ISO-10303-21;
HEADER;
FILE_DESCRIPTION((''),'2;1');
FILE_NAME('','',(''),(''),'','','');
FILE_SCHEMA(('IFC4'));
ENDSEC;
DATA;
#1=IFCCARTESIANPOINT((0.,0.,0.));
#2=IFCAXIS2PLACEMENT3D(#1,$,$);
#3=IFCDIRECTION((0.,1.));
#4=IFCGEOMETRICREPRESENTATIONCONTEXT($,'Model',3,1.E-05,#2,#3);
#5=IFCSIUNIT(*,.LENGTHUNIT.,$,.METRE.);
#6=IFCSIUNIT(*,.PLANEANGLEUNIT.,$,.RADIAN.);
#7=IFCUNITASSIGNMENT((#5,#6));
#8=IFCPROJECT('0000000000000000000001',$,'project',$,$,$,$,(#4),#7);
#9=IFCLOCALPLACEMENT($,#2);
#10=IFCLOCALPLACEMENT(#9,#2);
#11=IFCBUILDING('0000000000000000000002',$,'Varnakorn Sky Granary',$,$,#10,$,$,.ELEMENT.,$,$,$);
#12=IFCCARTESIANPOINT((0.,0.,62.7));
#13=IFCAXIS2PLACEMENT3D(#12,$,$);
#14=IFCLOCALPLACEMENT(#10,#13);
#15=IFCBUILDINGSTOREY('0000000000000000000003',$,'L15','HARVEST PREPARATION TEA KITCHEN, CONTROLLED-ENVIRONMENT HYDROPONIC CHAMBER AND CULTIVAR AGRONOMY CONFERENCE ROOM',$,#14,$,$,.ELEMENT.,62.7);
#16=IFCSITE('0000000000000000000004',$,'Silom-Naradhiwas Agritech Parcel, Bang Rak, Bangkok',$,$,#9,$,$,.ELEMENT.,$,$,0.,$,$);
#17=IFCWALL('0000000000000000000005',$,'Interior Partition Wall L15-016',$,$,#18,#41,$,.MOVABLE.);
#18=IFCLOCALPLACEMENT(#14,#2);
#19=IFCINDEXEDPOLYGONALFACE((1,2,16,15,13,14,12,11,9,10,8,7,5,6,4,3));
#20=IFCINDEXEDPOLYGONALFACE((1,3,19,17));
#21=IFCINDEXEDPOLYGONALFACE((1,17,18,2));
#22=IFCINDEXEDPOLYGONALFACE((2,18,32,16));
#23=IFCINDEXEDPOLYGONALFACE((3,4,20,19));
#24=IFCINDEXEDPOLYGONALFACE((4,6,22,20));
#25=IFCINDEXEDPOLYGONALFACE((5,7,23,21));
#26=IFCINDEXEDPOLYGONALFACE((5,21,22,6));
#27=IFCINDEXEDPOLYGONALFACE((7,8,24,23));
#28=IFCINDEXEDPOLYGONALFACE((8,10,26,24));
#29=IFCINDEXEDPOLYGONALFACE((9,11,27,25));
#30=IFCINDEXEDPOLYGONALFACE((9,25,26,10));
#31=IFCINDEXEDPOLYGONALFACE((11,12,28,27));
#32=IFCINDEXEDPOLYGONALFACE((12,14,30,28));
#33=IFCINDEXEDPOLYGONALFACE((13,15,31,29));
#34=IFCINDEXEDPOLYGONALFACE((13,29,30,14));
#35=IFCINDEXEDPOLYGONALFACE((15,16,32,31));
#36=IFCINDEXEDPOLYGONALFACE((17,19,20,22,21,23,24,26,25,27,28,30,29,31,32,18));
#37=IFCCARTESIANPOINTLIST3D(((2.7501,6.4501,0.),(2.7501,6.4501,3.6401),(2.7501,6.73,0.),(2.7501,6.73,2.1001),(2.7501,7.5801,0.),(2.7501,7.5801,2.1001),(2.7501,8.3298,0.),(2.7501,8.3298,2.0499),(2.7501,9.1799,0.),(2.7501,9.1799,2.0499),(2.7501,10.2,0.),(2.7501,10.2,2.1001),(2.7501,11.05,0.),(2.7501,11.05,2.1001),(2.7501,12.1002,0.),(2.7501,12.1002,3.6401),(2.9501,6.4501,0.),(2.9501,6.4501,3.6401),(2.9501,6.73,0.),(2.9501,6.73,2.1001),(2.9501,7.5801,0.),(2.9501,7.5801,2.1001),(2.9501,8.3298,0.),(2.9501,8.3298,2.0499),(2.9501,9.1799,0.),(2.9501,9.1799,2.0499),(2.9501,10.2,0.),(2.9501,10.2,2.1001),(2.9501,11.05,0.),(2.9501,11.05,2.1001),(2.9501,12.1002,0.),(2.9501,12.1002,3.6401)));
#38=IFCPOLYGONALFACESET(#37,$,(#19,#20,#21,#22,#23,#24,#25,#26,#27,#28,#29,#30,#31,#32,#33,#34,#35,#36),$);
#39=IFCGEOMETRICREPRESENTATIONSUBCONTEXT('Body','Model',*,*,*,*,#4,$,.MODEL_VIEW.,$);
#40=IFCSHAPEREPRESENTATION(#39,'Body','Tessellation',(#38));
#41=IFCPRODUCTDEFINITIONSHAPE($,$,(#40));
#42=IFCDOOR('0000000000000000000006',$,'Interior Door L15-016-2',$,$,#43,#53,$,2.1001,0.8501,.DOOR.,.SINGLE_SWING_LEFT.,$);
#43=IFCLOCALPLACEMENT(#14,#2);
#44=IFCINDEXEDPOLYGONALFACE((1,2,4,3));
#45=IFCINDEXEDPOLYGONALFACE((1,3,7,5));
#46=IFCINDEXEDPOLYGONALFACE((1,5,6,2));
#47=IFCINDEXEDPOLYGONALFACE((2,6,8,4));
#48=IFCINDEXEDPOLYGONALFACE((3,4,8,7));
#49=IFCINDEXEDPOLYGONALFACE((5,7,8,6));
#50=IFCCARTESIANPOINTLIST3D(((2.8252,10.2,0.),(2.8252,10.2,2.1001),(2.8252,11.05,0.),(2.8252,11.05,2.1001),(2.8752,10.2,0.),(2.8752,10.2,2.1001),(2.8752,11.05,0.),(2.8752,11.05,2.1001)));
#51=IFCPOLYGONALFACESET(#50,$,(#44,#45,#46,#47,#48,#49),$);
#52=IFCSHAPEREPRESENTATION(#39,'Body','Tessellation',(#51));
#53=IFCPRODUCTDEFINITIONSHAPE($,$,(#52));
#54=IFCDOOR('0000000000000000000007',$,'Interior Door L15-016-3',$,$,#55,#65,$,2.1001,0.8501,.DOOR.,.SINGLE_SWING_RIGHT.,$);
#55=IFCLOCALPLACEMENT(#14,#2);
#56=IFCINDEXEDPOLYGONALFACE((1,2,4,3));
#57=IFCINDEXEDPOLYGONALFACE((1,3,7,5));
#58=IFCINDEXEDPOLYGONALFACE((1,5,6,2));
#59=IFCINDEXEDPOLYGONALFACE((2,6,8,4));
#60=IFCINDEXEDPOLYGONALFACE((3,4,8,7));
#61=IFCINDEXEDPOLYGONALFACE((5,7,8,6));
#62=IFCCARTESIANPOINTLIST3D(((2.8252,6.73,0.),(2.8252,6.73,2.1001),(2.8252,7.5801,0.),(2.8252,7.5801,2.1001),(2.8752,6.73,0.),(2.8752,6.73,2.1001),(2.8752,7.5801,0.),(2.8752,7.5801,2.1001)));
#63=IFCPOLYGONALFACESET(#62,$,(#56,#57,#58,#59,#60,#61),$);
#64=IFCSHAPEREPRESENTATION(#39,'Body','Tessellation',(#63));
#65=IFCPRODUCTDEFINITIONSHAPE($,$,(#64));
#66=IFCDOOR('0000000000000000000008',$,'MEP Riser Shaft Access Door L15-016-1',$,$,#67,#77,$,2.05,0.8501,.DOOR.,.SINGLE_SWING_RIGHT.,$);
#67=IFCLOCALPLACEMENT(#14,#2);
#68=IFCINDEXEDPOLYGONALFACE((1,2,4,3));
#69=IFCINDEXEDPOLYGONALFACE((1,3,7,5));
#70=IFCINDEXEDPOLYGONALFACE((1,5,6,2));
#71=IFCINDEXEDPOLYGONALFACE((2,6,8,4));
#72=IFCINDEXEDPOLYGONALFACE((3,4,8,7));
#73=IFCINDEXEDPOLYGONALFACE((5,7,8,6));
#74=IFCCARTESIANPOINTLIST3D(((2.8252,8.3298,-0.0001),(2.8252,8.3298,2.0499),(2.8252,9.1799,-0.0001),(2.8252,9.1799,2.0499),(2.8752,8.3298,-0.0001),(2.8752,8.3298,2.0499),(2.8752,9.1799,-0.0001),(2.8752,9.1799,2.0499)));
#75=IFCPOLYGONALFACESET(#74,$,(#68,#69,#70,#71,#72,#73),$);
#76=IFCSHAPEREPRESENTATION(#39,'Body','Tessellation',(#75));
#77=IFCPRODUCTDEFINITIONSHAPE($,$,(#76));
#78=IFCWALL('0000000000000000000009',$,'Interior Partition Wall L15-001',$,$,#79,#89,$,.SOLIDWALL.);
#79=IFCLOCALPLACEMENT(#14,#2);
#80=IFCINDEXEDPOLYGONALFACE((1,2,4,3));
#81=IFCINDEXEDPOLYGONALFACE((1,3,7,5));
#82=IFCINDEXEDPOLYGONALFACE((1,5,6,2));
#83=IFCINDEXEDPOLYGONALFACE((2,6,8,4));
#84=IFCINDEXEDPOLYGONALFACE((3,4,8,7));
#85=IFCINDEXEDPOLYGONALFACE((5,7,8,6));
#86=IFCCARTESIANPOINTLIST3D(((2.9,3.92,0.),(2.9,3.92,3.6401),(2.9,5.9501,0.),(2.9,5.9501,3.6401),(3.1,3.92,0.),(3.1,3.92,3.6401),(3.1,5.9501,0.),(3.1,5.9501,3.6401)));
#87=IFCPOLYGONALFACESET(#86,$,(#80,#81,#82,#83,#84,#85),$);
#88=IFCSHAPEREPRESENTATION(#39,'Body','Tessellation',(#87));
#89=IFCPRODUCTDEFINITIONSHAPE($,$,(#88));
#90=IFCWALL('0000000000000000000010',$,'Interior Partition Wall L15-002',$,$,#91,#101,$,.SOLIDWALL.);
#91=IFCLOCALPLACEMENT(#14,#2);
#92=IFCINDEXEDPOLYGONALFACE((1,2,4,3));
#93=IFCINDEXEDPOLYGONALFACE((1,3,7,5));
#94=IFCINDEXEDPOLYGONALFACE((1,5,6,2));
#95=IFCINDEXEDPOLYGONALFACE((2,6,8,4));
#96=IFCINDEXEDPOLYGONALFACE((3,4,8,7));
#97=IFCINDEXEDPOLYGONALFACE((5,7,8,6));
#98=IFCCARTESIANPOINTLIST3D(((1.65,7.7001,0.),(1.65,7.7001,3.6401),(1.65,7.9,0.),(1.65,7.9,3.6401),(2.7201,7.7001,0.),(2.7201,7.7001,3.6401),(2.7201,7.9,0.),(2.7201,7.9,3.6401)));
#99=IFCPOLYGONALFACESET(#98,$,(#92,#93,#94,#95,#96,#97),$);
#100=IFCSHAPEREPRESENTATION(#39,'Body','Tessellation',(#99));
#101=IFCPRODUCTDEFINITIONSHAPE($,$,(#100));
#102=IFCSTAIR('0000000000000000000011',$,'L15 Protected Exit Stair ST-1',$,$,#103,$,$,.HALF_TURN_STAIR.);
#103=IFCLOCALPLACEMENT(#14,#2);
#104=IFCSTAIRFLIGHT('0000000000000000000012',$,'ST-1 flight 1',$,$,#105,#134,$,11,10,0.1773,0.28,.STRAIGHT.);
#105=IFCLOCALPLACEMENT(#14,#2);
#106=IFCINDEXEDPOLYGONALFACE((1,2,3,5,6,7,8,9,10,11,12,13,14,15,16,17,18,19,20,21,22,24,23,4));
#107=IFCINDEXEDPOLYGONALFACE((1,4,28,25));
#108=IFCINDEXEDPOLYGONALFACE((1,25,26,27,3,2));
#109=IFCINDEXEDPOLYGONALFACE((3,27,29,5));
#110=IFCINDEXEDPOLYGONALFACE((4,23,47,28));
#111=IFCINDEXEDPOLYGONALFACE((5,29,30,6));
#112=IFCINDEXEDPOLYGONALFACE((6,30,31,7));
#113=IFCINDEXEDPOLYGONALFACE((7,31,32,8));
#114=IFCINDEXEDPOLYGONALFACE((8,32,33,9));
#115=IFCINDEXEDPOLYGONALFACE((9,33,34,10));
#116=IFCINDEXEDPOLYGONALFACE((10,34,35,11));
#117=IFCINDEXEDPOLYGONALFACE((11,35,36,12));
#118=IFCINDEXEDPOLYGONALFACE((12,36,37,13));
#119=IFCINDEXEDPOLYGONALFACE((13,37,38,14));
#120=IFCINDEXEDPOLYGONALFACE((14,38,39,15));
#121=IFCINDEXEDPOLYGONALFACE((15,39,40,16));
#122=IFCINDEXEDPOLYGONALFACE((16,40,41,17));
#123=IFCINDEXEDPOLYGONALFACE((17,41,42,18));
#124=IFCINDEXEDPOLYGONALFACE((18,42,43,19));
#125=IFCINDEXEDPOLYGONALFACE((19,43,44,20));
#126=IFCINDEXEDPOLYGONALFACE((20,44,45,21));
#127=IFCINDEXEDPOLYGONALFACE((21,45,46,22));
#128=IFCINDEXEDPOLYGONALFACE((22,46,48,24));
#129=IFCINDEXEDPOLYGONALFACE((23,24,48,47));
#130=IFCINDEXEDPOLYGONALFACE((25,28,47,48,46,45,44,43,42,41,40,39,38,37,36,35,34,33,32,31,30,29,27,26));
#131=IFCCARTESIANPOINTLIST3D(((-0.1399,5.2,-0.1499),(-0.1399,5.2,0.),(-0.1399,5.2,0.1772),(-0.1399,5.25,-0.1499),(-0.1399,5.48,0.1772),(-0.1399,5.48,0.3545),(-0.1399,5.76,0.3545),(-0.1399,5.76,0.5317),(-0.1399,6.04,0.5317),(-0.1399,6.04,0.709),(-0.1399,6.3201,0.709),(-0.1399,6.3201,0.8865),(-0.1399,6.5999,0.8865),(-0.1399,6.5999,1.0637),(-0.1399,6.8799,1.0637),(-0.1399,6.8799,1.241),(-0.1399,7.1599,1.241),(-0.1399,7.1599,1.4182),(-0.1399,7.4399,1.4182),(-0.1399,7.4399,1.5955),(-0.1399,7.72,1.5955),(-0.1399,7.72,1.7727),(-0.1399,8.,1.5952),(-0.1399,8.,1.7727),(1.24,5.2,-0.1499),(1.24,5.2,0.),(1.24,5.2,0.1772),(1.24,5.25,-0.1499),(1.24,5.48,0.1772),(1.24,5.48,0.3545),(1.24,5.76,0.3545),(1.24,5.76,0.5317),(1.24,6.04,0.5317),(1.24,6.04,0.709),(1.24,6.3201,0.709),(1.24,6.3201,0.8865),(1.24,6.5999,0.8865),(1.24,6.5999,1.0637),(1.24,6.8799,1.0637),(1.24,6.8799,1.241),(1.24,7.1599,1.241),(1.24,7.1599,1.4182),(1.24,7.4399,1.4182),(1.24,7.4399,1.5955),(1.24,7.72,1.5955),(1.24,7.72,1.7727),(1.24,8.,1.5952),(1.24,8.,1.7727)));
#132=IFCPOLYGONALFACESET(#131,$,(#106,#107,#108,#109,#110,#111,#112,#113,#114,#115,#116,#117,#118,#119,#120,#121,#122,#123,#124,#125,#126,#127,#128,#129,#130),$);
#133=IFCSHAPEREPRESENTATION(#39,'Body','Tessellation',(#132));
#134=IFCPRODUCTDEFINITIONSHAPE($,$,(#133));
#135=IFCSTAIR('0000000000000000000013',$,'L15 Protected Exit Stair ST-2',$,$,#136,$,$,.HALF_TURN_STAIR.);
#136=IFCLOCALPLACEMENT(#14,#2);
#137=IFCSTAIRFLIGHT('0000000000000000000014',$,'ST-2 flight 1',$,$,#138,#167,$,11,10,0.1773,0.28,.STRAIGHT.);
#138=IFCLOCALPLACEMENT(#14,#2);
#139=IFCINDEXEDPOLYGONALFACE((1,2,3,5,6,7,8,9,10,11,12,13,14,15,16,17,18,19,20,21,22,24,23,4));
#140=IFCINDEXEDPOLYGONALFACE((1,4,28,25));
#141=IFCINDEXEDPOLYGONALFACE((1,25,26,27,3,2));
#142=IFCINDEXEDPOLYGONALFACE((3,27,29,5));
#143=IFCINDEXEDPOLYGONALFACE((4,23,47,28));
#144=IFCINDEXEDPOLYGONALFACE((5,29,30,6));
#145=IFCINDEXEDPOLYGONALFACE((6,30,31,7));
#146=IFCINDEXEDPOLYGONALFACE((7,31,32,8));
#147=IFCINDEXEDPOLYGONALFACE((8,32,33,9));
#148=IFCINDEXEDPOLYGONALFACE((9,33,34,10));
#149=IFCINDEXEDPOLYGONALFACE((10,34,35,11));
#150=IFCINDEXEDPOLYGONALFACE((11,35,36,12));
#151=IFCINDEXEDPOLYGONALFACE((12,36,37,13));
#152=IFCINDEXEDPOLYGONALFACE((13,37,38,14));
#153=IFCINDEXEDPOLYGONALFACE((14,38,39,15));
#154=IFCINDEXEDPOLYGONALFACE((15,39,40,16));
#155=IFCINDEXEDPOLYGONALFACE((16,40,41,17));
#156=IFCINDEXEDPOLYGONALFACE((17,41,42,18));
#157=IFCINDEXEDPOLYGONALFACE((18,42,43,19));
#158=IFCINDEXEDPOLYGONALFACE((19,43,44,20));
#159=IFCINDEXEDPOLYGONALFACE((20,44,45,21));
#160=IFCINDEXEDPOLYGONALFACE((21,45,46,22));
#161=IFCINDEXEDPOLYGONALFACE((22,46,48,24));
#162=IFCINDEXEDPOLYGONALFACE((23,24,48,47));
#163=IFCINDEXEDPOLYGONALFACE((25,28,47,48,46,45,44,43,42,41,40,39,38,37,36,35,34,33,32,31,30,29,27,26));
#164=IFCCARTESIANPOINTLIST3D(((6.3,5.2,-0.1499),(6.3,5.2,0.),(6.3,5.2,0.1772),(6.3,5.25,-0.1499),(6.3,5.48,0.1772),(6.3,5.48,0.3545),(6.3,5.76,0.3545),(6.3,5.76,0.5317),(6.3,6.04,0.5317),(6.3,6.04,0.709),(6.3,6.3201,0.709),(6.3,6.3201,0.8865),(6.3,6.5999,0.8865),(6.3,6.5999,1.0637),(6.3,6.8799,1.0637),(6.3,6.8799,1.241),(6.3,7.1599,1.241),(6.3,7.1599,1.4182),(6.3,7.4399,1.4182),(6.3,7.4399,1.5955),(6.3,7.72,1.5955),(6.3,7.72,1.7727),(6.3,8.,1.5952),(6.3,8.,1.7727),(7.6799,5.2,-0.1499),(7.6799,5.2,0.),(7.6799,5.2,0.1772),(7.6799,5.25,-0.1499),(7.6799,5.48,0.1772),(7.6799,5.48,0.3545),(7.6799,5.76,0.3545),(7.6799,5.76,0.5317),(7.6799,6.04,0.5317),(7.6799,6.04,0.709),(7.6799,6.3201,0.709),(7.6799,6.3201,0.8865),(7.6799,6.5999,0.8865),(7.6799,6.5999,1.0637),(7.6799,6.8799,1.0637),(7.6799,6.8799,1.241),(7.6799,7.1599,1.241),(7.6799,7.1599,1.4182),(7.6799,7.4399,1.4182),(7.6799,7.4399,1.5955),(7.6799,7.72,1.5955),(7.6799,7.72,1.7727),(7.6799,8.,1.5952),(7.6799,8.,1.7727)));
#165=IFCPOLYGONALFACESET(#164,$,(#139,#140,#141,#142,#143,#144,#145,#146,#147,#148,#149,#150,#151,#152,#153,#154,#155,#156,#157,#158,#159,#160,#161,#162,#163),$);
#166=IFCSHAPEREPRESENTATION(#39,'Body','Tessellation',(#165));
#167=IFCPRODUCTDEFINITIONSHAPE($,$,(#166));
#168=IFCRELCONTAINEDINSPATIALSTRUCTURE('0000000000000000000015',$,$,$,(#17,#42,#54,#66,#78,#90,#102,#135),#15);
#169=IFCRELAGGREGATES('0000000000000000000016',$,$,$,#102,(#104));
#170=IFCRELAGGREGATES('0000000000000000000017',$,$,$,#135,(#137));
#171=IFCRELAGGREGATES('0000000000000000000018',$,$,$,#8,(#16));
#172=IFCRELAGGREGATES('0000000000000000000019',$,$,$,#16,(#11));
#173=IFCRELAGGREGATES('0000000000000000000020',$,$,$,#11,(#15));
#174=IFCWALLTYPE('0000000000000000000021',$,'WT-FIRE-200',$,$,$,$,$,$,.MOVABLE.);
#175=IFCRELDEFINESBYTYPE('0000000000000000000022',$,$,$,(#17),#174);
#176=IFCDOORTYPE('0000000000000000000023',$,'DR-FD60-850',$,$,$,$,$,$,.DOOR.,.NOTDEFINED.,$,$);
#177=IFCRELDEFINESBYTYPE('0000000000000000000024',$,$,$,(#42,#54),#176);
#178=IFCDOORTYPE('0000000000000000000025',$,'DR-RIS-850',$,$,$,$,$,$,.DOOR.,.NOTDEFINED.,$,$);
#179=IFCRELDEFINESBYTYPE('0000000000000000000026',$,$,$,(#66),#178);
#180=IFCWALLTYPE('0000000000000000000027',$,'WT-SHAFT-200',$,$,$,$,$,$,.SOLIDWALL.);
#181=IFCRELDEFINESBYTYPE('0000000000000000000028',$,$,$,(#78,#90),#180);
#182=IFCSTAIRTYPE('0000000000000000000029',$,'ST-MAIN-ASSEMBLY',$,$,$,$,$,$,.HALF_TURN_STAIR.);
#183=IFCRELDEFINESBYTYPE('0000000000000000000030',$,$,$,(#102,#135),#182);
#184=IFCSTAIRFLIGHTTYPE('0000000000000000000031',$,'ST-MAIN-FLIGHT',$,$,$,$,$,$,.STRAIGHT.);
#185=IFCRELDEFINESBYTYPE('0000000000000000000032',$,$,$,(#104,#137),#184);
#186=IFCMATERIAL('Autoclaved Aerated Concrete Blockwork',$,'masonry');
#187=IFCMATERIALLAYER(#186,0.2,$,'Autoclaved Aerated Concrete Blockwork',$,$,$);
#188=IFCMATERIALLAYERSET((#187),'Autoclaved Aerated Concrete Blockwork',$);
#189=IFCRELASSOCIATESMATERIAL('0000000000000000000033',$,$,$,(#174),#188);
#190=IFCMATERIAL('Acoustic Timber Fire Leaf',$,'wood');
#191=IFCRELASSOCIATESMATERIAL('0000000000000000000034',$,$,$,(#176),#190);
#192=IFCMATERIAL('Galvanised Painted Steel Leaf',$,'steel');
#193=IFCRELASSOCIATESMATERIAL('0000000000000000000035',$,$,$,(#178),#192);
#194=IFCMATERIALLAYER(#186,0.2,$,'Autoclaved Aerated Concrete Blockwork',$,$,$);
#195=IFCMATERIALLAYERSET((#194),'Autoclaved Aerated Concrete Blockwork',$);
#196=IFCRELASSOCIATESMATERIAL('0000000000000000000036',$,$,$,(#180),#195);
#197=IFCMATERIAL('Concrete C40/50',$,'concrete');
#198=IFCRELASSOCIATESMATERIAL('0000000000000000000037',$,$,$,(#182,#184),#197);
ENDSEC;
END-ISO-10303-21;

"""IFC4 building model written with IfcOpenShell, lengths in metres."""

from ifc_helpers import new_model, si_unit, direction, frame, frame_2d, origin, place, context, subcontext, project, spatial, polyline, rectangle, outline, extrude, material, layer, layer_set, type_object, element, fill, aggregate, save


model = new_model("IFC4")

# Units and contexts
model_context = context("Model", 3, precision=1e-05, world=origin(), true_north=direction((0.0, 1.0)))
body_context = subcontext(model_context, "Body", "Model", "MODEL_VIEW")
ifc_project = project(units=[si_unit("LENGTHUNIT", "METRE"), si_unit("PLANEANGLEUNIT", "RADIAN")], contexts=[model_context])

# Site, building, storey
site_placement = place(None, origin())
site = spatial("IfcSite", under=ifc_project, at=site_placement, Name="Silom-Naradhiwas Agritech Parcel, Bang Rak, Bangkok", CompositionType="ELEMENT", RefElevation=0.0)
building_placement = place(site_placement, origin())
building = spatial("IfcBuilding", under=site, at=building_placement, Name="Varnakorn Sky Granary", CompositionType="ELEMENT")
storey_placement = place(building_placement, frame((0.0, 0.0, 62.7)))
storey = spatial("IfcBuildingStorey", under=building, at=storey_placement, Name="L15", Description="HARVEST PREPARATION TEA KITCHEN, CONTROLLED-ENVIRONMENT HYDROPONIC CHAMBER AND CULTIVAR AGRONOMY CONFERENCE ROOM", CompositionType="ELEMENT", Elevation=62.7)

# Wall, openings, doors
ifc_material_1 = material(Name="Autoclaved Aerated Concrete Blockwork", Category="masonry")
ifc_layer_1 = layer(ifc_material_1, 0.2, Name="Autoclaved Aerated Concrete Blockwork")
ifc_layer_set_1 = layer_set([ifc_layer_1], Name="Autoclaved Aerated Concrete Blockwork")
wall_type_1 = type_object("IfcWallType", Name="WT-FIRE-200", PredefinedType="MOVABLE", material=ifc_layer_set_1)
wall_1_placement = place(storey_placement, frame((2.8501, 6.45, 0.0), z_axis=(0.0, 0.0, 1.0), x_axis=(0.0, 1.0, 0.0)))
wall_1 = element("IfcWall", 1, at=wall_1_placement, inside=storey, type_object=wall_type_1, Name="Interior Partition Wall L15-016", PredefinedType="MOVABLE", context=body_context, shape_type="SweptSolid", body=[
    extrude(rectangle(XDim=5.6501, YDim=0.2, at=frame_2d((2.8252, 0.0))), origin(), (0.0, 0.0, 1.0), 3.6401),
])
opening_1_placement = place(wall_1_placement, frame((1.8799, 0.0, 0.0)))
opening_1 = element("IfcOpeningElement", 2, at=opening_1_placement, cuts=wall_1, PredefinedType="OPENING", context=body_context, shape_type="SweptSolid", body=[
    extrude(rectangle(XDim=0.8501, YDim=2.05, at=frame_2d((0.425, 1.0249))), frame((0.0, 0.1099, 0.0), z_axis=(0.0, -1.0, 0.0), x_axis=(1.0, 0.0, 0.0)), (0.0, 0.0, 1.0), 0.22),
])
opening_2_placement = place(wall_1_placement, frame((3.75, 0.0, 0.0)))
opening_2 = element("IfcOpeningElement", 3, at=opening_2_placement, cuts=wall_1, PredefinedType="OPENING", context=body_context, shape_type="SweptSolid", body=[
    extrude(rectangle(XDim=0.8501, YDim=2.1001, at=frame_2d((0.425, 1.05))), frame((0.0, 0.1099, 0.0), z_axis=(0.0, -1.0, 0.0), x_axis=(1.0, 0.0, 0.0)), (0.0, 0.0, 1.0), 0.22),
])
opening_3_placement = place(wall_1_placement, frame((0.28, 0.0, 0.0)))
opening_3 = element("IfcOpeningElement", 4, at=opening_3_placement, cuts=wall_1, PredefinedType="OPENING", context=body_context, shape_type="SweptSolid", body=[
    extrude(rectangle(XDim=0.8501, YDim=2.1001, at=frame_2d((0.425, 1.05))), frame((0.0, 0.1099, 0.0), z_axis=(0.0, -1.0, 0.0), x_axis=(1.0, 0.0, 0.0)), (0.0, 0.0, 1.0), 0.22),
])
ifc_material_2 = material(Name="Acoustic Timber Fire Leaf", Category="wood")
door_type_1 = type_object("IfcDoorType", Name="DR-FD60-850", OperationType="NOTDEFINED", PredefinedType="DOOR", material=ifc_material_2)
door_1_placement = place(opening_2_placement, origin())
door_1 = element("IfcDoor", 5, at=door_1_placement, inside=storey, type_object=door_type_1, Name="Interior Door L15-016-2", OperationType="SINGLE_SWING_LEFT", OverallHeight=2.1001, OverallWidth=0.8501, PredefinedType="DOOR", context=body_context, shape_type="SweptSolid", body=[
    extrude(rectangle(XDim=0.8501, YDim=2.1001, at=frame_2d((0.425, 1.05))), frame((0.0, 0.0249, 0.0), z_axis=(0.0, -1.0, 0.0), x_axis=(1.0, 0.0, 0.0)), (0.0, 0.0, 1.0), 0.05),
])
fill(opening_2, door_1)
door_2_placement = place(opening_3_placement, origin())
door_2 = element("IfcDoor", 6, at=door_2_placement, inside=storey, type_object=door_type_1, Name="Interior Door L15-016-3", OperationType="SINGLE_SWING_RIGHT", OverallHeight=2.1001, OverallWidth=0.8501, PredefinedType="DOOR", context=body_context, shape_type="SweptSolid", body=[
    extrude(rectangle(XDim=0.8501, YDim=2.1001, at=frame_2d((0.425, 1.05))), frame((0.0, 0.0249, 0.0), z_axis=(0.0, -1.0, 0.0), x_axis=(1.0, 0.0, 0.0)), (0.0, 0.0, 1.0), 0.05),
])
fill(opening_3, door_2)
ifc_material_3 = material(Name="Galvanised Painted Steel Leaf", Category="steel")
door_type_2 = type_object("IfcDoorType", Name="DR-RIS-850", OperationType="NOTDEFINED", PredefinedType="DOOR", material=ifc_material_3)
door_3_placement = place(opening_1_placement, origin())
door_3 = element("IfcDoor", 7, at=door_3_placement, inside=storey, type_object=door_type_2, Name="MEP Riser Shaft Access Door L15-016-1", OperationType="SINGLE_SWING_RIGHT", OverallHeight=2.05, OverallWidth=0.8501, PredefinedType="DOOR", context=body_context, shape_type="SweptSolid", body=[
    extrude(rectangle(XDim=0.8501, YDim=2.05, at=frame_2d((0.425, 1.0249))), frame((0.0, 0.0249, 0.0), z_axis=(0.0, -1.0, 0.0), x_axis=(1.0, 0.0, 0.0)), (0.0, 0.0, 1.0), 0.05),
])
fill(opening_1, door_3)

# Walls
ifc_layer_2 = layer(ifc_material_1, 0.2, Name="Autoclaved Aerated Concrete Blockwork")
ifc_layer_set_2 = layer_set([ifc_layer_2], Name="Autoclaved Aerated Concrete Blockwork")
wall_type_2 = type_object("IfcWallType", Name="WT-SHAFT-200", PredefinedType="SOLIDWALL", material=ifc_layer_set_2)
wall_2_placement = place(storey_placement, frame((3.0, 3.9199, 0.0), z_axis=(0.0, 0.0, 1.0), x_axis=(0.0, 1.0, 0.0)))
element("IfcWall", 8, at=wall_2_placement, inside=storey, type_object=wall_type_2, Name="Interior Partition Wall L15-001", PredefinedType="SOLIDWALL", context=body_context, shape_type="SweptSolid", body=[
    extrude(rectangle(XDim=2.03, YDim=0.2, at=frame_2d((1.0151, 0.0))), origin(), (0.0, 0.0, 1.0), 3.6401),
])
wall_3_placement = place(storey_placement, frame((1.6499, 7.8, 0.0), z_axis=(0.0, 0.0, 1.0), x_axis=(1.0, 0.0, 0.0)))
element("IfcWall", 9, at=wall_3_placement, inside=storey, type_object=wall_type_2, Name="Interior Partition Wall L15-002", PredefinedType="SOLIDWALL", context=body_context, shape_type="SweptSolid", body=[
    extrude(rectangle(XDim=1.0701, YDim=0.2, at=frame_2d((0.5352, 0.0))), origin(), (0.0, 0.0, 1.0), 3.6401),
])

# Stair, stair flight
ifc_material_4 = material(Name="Concrete C40/50", Category="concrete")
stair_type = type_object("IfcStairType", Name="ST-MAIN-ASSEMBLY", PredefinedType="HALF_TURN_STAIR", material=ifc_material_4)
stair_1_placement = place(storey_placement, origin())
stair_1 = element("IfcStair", 10, at=stair_1_placement, inside=storey, type_object=stair_type, Name="L15 Protected Exit Stair ST-1", PredefinedType="HALF_TURN_STAIR")
stair_flight_type = type_object("IfcStairFlightType", Name="ST-MAIN-FLIGHT", PredefinedType="STRAIGHT", material=ifc_material_4)
stair_flight_1_placement = place(storey_placement, frame((0.55, 5.2, 0.0), z_axis=(0.0, 0.0, 1.0), x_axis=(0.0, 1.0, 0.0)))
stair_flight_1 = element("IfcStairFlight", 11, at=stair_flight_1_placement, type_object=stair_flight_type, Name="ST-1 flight 1", NumberOfRisers=11, NumberOfTreads=10, PredefinedType="STRAIGHT", RiserHeight=0.1773, TreadLength=0.28, context=body_context, shape_type="SweptSolid", body=[
    extrude(outline(polyline([(0.0, -0.1499), (0.0, 0.0), (0.0, 0.1772), (0.28, 0.1772), (0.28, 0.3545), (0.5601, 0.3545), (0.5601, 0.5317), (0.8401, 0.5317), (0.8401, 0.709), (1.1201, 0.709), (1.1201, 0.8865), (1.3999, 0.8865), (1.3999, 1.0637), (1.6799, 1.0637), (1.6799, 1.241), (1.96, 1.241), (1.96, 1.4182), (2.24, 1.4182), (2.24, 1.5955), (2.52, 1.5955), (2.52, 1.7727), (2.8, 1.7727), (2.8, 1.95), (2.8, 1.5952), (0.05, -0.1499), (0.0, -0.1499)])), frame((0.0, 0.6899, 0.0), z_axis=(0.0, -1.0, 0.0), x_axis=(1.0, 0.0, 0.0)), (0.0, 0.0, 1.0), 1.3799),
])
aggregate(stair_1, [stair_flight_1])

# Stair, stair flight
stair_2_placement = place(storey_placement, origin())
stair_2 = element("IfcStair", 12, at=stair_2_placement, inside=storey, type_object=stair_type, Name="L15 Protected Exit Stair ST-2", PredefinedType="HALF_TURN_STAIR")
stair_flight_2_placement = place(storey_placement, frame((6.99, 5.2, 0.0), z_axis=(0.0, 0.0, 1.0), x_axis=(0.0, 1.0, 0.0)))
stair_flight_2 = element("IfcStairFlight", 13, at=stair_flight_2_placement, type_object=stair_flight_type, Name="ST-2 flight 1", NumberOfRisers=11, NumberOfTreads=10, PredefinedType="STRAIGHT", RiserHeight=0.1773, TreadLength=0.28, context=body_context, shape_type="SweptSolid", body=[
    extrude(outline(polyline([(0.0, -0.1499), (0.0, 0.0), (0.0, 0.1772), (0.28, 0.1772), (0.28, 0.3545), (0.5601, 0.3545), (0.5601, 0.5317), (0.8401, 0.5317), (0.8401, 0.709), (1.1201, 0.709), (1.1201, 0.8865), (1.3999, 0.8865), (1.3999, 1.0637), (1.6799, 1.0637), (1.6799, 1.241), (1.96, 1.241), (1.96, 1.4182), (2.24, 1.4182), (2.24, 1.5955), (2.52, 1.5955), (2.52, 1.7727), (2.8, 1.7727), (2.8, 1.95), (2.8, 1.5952), (0.05, -0.1499), (0.0, -0.1499)])), frame((0.0, 0.6899, 0.0), z_axis=(0.0, -1.0, 0.0), x_axis=(1.0, 0.0, 0.0)), (0.0, 0.0, 1.0), 1.3799),
])
aggregate(stair_2, [stair_flight_2])

save(model, "model.ifc")
